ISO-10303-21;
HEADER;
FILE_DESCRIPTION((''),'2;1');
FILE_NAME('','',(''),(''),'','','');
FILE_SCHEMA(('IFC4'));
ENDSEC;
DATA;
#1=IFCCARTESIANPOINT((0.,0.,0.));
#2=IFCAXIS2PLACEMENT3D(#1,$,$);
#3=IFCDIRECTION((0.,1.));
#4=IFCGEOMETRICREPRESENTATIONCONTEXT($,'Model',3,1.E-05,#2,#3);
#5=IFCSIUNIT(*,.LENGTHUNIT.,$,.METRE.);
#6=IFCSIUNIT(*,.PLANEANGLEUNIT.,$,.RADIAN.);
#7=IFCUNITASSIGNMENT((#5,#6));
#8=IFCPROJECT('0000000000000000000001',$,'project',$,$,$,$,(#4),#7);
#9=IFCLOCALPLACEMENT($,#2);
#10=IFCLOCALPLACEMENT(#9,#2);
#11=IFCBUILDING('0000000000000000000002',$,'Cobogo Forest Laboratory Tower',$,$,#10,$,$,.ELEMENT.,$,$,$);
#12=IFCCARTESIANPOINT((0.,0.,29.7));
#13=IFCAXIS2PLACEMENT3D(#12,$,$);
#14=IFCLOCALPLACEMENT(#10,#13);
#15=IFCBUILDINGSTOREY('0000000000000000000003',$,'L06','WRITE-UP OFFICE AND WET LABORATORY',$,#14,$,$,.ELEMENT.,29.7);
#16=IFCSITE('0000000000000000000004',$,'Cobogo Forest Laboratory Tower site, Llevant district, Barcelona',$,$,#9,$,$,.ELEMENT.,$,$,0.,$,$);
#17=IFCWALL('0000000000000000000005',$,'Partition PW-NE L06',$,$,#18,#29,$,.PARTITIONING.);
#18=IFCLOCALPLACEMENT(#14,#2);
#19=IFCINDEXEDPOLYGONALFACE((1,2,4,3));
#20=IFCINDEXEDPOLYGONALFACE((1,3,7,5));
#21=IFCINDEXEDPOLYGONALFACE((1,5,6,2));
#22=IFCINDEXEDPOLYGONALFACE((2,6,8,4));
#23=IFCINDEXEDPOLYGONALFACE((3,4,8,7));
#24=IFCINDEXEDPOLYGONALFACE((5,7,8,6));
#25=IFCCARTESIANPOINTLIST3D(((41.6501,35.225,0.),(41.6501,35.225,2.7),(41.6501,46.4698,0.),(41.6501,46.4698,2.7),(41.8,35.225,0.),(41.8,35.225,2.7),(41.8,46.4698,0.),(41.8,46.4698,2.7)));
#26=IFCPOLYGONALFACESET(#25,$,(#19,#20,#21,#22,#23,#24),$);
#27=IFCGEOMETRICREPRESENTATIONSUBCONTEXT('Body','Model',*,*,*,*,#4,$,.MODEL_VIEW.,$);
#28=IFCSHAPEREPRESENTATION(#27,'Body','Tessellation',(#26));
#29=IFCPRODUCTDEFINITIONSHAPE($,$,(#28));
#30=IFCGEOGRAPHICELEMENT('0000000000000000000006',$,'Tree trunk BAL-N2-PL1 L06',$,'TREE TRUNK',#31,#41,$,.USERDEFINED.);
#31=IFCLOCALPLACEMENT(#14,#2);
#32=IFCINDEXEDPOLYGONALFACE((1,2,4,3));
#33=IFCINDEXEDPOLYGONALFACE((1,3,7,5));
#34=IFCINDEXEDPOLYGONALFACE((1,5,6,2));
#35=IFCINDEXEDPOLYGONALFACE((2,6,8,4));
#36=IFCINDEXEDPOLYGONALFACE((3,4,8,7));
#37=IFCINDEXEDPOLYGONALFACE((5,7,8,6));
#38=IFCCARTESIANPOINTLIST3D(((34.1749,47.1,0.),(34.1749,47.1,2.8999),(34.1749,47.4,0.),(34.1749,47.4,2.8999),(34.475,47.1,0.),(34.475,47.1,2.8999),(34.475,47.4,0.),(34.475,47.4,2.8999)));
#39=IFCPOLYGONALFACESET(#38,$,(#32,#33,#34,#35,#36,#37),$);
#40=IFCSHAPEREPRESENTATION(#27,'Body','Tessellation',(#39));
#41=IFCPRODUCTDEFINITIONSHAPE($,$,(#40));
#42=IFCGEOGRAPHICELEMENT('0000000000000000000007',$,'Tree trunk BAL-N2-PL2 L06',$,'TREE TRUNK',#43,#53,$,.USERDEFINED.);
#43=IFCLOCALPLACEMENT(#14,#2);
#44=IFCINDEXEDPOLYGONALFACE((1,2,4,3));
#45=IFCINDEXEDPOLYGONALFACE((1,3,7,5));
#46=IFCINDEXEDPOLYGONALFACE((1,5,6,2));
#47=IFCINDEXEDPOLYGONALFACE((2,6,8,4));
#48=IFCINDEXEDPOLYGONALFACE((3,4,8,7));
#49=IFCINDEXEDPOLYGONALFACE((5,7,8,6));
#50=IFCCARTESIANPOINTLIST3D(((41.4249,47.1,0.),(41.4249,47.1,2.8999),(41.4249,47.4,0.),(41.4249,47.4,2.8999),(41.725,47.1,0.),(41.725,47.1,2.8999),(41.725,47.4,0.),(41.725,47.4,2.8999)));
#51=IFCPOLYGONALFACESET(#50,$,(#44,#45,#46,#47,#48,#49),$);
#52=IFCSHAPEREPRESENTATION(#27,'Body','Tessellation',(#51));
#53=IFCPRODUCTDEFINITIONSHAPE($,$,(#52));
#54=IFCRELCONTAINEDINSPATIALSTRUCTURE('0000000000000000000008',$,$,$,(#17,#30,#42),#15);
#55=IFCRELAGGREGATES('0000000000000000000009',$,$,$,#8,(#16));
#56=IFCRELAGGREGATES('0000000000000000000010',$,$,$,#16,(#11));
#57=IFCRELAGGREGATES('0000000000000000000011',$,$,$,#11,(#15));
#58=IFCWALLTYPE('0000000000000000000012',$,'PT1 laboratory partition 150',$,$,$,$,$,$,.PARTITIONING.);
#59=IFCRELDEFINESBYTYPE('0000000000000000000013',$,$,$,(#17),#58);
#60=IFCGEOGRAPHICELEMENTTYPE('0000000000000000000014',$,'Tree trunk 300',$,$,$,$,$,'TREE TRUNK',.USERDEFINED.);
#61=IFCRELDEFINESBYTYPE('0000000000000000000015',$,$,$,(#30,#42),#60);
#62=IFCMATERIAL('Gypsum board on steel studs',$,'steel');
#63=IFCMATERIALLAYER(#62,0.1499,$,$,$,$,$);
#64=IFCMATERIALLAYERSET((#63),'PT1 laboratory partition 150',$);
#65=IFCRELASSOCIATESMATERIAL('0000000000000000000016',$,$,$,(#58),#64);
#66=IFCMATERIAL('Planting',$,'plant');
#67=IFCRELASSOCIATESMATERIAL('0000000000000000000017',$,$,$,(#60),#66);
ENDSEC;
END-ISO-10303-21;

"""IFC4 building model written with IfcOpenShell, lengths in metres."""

from ifc_helpers import new_model, si_unit, direction, frame, frame_2d, origin, origin_2d, place, context, subcontext, project, spatial, rectangle, extrude, material, layer, layer_set, type_object, element, save


model = new_model("IFC4")

# Units and contexts
model_context = context("Model", 3, precision=1e-05, world=origin(), true_north=direction((0.0, 1.0)))
body_context = subcontext(model_context, "Body", "Model", "MODEL_VIEW")
ifc_project = project(units=[si_unit("LENGTHUNIT", "METRE"), si_unit("PLANEANGLEUNIT", "RADIAN")], contexts=[model_context])

# Site, building, storey
site_placement = place(None, origin())
site = spatial("IfcSite", under=ifc_project, at=site_placement, Name="Cobogo Forest Laboratory Tower site, Llevant district, Barcelona", CompositionType="ELEMENT", RefElevation=0.0)
building_placement = place(site_placement, origin())
building = spatial("IfcBuilding", under=site, at=building_placement, Name="Cobogo Forest Laboratory Tower", CompositionType="ELEMENT")
storey_placement = place(building_placement, frame((0.0, 0.0, 29.7)))
storey = spatial("IfcBuildingStorey", under=building, at=storey_placement, Name="L06", Description="WRITE-UP OFFICE AND WET LABORATORY", CompositionType="ELEMENT", Elevation=29.7)

# Wall
ifc_material_1 = material(Name="Gypsum board on steel studs", Category="steel")
ifc_layer_1 = layer(ifc_material_1, 0.1499)
ifc_layer_set_1 = layer_set([ifc_layer_1], Name="PT1 laboratory partition 150")
wall_type_1 = type_object("IfcWallType", Name="PT1 laboratory partition 150", PredefinedType="PARTITIONING", material=ifc_layer_set_1)
wall_1_placement = place(storey_placement, frame((41.7251, 46.47, 0.0), z_axis=(0.0, 0.0, 1.0), x_axis=(0.0, -1.0, 0.0)))
element("IfcWall", 1, at=wall_1_placement, inside=storey, type_object=wall_type_1, Name="Partition PW-NE L06", PredefinedType="PARTITIONING", context=body_context, shape_type="SweptSolid", body=[
    extrude(rectangle(XDim=11.2449, YDim=0.1499, at=frame_2d((5.6226, 0.0))), origin(), (0.0, 0.0, 1.0), 2.7),
])

# Geographic elements
ifc_material_2 = material(Name="Planting", Category="plant")
geographic_element_type = type_object("IfcGeographicElementType", Name="Tree trunk 300", ElementType="TREE TRUNK", PredefinedType="USERDEFINED", material=ifc_material_2)
for number, where, z_axis, x_axis, name in (
    (2, (34.325, 47.25, 0.0), (0.0, 0.0, 1.0), (1.0, 0.0, 0.0), "Tree trunk BAL-N2-PL1 L06"),
    (3, (41.575, 47.25, 0.0), (0.0, 0.0, 1.0), (1.0, 0.0, 0.0), "Tree trunk BAL-N2-PL2 L06"),
):
    element("IfcGeographicElement", number, at=place(storey_placement, frame(where, z_axis=z_axis, x_axis=x_axis)), inside=storey, type_object=geographic_element_type, Name=name, ObjectType="TREE TRUNK", PredefinedType="USERDEFINED", context=body_context, shape_type="SweptSolid", body=[
        extrude(rectangle(XDim=0.3, YDim=0.3, at=origin_2d()), origin(), (0.0, 0.0, 1.0), 2.8999),
    ])

save(model, "model.ifc")
